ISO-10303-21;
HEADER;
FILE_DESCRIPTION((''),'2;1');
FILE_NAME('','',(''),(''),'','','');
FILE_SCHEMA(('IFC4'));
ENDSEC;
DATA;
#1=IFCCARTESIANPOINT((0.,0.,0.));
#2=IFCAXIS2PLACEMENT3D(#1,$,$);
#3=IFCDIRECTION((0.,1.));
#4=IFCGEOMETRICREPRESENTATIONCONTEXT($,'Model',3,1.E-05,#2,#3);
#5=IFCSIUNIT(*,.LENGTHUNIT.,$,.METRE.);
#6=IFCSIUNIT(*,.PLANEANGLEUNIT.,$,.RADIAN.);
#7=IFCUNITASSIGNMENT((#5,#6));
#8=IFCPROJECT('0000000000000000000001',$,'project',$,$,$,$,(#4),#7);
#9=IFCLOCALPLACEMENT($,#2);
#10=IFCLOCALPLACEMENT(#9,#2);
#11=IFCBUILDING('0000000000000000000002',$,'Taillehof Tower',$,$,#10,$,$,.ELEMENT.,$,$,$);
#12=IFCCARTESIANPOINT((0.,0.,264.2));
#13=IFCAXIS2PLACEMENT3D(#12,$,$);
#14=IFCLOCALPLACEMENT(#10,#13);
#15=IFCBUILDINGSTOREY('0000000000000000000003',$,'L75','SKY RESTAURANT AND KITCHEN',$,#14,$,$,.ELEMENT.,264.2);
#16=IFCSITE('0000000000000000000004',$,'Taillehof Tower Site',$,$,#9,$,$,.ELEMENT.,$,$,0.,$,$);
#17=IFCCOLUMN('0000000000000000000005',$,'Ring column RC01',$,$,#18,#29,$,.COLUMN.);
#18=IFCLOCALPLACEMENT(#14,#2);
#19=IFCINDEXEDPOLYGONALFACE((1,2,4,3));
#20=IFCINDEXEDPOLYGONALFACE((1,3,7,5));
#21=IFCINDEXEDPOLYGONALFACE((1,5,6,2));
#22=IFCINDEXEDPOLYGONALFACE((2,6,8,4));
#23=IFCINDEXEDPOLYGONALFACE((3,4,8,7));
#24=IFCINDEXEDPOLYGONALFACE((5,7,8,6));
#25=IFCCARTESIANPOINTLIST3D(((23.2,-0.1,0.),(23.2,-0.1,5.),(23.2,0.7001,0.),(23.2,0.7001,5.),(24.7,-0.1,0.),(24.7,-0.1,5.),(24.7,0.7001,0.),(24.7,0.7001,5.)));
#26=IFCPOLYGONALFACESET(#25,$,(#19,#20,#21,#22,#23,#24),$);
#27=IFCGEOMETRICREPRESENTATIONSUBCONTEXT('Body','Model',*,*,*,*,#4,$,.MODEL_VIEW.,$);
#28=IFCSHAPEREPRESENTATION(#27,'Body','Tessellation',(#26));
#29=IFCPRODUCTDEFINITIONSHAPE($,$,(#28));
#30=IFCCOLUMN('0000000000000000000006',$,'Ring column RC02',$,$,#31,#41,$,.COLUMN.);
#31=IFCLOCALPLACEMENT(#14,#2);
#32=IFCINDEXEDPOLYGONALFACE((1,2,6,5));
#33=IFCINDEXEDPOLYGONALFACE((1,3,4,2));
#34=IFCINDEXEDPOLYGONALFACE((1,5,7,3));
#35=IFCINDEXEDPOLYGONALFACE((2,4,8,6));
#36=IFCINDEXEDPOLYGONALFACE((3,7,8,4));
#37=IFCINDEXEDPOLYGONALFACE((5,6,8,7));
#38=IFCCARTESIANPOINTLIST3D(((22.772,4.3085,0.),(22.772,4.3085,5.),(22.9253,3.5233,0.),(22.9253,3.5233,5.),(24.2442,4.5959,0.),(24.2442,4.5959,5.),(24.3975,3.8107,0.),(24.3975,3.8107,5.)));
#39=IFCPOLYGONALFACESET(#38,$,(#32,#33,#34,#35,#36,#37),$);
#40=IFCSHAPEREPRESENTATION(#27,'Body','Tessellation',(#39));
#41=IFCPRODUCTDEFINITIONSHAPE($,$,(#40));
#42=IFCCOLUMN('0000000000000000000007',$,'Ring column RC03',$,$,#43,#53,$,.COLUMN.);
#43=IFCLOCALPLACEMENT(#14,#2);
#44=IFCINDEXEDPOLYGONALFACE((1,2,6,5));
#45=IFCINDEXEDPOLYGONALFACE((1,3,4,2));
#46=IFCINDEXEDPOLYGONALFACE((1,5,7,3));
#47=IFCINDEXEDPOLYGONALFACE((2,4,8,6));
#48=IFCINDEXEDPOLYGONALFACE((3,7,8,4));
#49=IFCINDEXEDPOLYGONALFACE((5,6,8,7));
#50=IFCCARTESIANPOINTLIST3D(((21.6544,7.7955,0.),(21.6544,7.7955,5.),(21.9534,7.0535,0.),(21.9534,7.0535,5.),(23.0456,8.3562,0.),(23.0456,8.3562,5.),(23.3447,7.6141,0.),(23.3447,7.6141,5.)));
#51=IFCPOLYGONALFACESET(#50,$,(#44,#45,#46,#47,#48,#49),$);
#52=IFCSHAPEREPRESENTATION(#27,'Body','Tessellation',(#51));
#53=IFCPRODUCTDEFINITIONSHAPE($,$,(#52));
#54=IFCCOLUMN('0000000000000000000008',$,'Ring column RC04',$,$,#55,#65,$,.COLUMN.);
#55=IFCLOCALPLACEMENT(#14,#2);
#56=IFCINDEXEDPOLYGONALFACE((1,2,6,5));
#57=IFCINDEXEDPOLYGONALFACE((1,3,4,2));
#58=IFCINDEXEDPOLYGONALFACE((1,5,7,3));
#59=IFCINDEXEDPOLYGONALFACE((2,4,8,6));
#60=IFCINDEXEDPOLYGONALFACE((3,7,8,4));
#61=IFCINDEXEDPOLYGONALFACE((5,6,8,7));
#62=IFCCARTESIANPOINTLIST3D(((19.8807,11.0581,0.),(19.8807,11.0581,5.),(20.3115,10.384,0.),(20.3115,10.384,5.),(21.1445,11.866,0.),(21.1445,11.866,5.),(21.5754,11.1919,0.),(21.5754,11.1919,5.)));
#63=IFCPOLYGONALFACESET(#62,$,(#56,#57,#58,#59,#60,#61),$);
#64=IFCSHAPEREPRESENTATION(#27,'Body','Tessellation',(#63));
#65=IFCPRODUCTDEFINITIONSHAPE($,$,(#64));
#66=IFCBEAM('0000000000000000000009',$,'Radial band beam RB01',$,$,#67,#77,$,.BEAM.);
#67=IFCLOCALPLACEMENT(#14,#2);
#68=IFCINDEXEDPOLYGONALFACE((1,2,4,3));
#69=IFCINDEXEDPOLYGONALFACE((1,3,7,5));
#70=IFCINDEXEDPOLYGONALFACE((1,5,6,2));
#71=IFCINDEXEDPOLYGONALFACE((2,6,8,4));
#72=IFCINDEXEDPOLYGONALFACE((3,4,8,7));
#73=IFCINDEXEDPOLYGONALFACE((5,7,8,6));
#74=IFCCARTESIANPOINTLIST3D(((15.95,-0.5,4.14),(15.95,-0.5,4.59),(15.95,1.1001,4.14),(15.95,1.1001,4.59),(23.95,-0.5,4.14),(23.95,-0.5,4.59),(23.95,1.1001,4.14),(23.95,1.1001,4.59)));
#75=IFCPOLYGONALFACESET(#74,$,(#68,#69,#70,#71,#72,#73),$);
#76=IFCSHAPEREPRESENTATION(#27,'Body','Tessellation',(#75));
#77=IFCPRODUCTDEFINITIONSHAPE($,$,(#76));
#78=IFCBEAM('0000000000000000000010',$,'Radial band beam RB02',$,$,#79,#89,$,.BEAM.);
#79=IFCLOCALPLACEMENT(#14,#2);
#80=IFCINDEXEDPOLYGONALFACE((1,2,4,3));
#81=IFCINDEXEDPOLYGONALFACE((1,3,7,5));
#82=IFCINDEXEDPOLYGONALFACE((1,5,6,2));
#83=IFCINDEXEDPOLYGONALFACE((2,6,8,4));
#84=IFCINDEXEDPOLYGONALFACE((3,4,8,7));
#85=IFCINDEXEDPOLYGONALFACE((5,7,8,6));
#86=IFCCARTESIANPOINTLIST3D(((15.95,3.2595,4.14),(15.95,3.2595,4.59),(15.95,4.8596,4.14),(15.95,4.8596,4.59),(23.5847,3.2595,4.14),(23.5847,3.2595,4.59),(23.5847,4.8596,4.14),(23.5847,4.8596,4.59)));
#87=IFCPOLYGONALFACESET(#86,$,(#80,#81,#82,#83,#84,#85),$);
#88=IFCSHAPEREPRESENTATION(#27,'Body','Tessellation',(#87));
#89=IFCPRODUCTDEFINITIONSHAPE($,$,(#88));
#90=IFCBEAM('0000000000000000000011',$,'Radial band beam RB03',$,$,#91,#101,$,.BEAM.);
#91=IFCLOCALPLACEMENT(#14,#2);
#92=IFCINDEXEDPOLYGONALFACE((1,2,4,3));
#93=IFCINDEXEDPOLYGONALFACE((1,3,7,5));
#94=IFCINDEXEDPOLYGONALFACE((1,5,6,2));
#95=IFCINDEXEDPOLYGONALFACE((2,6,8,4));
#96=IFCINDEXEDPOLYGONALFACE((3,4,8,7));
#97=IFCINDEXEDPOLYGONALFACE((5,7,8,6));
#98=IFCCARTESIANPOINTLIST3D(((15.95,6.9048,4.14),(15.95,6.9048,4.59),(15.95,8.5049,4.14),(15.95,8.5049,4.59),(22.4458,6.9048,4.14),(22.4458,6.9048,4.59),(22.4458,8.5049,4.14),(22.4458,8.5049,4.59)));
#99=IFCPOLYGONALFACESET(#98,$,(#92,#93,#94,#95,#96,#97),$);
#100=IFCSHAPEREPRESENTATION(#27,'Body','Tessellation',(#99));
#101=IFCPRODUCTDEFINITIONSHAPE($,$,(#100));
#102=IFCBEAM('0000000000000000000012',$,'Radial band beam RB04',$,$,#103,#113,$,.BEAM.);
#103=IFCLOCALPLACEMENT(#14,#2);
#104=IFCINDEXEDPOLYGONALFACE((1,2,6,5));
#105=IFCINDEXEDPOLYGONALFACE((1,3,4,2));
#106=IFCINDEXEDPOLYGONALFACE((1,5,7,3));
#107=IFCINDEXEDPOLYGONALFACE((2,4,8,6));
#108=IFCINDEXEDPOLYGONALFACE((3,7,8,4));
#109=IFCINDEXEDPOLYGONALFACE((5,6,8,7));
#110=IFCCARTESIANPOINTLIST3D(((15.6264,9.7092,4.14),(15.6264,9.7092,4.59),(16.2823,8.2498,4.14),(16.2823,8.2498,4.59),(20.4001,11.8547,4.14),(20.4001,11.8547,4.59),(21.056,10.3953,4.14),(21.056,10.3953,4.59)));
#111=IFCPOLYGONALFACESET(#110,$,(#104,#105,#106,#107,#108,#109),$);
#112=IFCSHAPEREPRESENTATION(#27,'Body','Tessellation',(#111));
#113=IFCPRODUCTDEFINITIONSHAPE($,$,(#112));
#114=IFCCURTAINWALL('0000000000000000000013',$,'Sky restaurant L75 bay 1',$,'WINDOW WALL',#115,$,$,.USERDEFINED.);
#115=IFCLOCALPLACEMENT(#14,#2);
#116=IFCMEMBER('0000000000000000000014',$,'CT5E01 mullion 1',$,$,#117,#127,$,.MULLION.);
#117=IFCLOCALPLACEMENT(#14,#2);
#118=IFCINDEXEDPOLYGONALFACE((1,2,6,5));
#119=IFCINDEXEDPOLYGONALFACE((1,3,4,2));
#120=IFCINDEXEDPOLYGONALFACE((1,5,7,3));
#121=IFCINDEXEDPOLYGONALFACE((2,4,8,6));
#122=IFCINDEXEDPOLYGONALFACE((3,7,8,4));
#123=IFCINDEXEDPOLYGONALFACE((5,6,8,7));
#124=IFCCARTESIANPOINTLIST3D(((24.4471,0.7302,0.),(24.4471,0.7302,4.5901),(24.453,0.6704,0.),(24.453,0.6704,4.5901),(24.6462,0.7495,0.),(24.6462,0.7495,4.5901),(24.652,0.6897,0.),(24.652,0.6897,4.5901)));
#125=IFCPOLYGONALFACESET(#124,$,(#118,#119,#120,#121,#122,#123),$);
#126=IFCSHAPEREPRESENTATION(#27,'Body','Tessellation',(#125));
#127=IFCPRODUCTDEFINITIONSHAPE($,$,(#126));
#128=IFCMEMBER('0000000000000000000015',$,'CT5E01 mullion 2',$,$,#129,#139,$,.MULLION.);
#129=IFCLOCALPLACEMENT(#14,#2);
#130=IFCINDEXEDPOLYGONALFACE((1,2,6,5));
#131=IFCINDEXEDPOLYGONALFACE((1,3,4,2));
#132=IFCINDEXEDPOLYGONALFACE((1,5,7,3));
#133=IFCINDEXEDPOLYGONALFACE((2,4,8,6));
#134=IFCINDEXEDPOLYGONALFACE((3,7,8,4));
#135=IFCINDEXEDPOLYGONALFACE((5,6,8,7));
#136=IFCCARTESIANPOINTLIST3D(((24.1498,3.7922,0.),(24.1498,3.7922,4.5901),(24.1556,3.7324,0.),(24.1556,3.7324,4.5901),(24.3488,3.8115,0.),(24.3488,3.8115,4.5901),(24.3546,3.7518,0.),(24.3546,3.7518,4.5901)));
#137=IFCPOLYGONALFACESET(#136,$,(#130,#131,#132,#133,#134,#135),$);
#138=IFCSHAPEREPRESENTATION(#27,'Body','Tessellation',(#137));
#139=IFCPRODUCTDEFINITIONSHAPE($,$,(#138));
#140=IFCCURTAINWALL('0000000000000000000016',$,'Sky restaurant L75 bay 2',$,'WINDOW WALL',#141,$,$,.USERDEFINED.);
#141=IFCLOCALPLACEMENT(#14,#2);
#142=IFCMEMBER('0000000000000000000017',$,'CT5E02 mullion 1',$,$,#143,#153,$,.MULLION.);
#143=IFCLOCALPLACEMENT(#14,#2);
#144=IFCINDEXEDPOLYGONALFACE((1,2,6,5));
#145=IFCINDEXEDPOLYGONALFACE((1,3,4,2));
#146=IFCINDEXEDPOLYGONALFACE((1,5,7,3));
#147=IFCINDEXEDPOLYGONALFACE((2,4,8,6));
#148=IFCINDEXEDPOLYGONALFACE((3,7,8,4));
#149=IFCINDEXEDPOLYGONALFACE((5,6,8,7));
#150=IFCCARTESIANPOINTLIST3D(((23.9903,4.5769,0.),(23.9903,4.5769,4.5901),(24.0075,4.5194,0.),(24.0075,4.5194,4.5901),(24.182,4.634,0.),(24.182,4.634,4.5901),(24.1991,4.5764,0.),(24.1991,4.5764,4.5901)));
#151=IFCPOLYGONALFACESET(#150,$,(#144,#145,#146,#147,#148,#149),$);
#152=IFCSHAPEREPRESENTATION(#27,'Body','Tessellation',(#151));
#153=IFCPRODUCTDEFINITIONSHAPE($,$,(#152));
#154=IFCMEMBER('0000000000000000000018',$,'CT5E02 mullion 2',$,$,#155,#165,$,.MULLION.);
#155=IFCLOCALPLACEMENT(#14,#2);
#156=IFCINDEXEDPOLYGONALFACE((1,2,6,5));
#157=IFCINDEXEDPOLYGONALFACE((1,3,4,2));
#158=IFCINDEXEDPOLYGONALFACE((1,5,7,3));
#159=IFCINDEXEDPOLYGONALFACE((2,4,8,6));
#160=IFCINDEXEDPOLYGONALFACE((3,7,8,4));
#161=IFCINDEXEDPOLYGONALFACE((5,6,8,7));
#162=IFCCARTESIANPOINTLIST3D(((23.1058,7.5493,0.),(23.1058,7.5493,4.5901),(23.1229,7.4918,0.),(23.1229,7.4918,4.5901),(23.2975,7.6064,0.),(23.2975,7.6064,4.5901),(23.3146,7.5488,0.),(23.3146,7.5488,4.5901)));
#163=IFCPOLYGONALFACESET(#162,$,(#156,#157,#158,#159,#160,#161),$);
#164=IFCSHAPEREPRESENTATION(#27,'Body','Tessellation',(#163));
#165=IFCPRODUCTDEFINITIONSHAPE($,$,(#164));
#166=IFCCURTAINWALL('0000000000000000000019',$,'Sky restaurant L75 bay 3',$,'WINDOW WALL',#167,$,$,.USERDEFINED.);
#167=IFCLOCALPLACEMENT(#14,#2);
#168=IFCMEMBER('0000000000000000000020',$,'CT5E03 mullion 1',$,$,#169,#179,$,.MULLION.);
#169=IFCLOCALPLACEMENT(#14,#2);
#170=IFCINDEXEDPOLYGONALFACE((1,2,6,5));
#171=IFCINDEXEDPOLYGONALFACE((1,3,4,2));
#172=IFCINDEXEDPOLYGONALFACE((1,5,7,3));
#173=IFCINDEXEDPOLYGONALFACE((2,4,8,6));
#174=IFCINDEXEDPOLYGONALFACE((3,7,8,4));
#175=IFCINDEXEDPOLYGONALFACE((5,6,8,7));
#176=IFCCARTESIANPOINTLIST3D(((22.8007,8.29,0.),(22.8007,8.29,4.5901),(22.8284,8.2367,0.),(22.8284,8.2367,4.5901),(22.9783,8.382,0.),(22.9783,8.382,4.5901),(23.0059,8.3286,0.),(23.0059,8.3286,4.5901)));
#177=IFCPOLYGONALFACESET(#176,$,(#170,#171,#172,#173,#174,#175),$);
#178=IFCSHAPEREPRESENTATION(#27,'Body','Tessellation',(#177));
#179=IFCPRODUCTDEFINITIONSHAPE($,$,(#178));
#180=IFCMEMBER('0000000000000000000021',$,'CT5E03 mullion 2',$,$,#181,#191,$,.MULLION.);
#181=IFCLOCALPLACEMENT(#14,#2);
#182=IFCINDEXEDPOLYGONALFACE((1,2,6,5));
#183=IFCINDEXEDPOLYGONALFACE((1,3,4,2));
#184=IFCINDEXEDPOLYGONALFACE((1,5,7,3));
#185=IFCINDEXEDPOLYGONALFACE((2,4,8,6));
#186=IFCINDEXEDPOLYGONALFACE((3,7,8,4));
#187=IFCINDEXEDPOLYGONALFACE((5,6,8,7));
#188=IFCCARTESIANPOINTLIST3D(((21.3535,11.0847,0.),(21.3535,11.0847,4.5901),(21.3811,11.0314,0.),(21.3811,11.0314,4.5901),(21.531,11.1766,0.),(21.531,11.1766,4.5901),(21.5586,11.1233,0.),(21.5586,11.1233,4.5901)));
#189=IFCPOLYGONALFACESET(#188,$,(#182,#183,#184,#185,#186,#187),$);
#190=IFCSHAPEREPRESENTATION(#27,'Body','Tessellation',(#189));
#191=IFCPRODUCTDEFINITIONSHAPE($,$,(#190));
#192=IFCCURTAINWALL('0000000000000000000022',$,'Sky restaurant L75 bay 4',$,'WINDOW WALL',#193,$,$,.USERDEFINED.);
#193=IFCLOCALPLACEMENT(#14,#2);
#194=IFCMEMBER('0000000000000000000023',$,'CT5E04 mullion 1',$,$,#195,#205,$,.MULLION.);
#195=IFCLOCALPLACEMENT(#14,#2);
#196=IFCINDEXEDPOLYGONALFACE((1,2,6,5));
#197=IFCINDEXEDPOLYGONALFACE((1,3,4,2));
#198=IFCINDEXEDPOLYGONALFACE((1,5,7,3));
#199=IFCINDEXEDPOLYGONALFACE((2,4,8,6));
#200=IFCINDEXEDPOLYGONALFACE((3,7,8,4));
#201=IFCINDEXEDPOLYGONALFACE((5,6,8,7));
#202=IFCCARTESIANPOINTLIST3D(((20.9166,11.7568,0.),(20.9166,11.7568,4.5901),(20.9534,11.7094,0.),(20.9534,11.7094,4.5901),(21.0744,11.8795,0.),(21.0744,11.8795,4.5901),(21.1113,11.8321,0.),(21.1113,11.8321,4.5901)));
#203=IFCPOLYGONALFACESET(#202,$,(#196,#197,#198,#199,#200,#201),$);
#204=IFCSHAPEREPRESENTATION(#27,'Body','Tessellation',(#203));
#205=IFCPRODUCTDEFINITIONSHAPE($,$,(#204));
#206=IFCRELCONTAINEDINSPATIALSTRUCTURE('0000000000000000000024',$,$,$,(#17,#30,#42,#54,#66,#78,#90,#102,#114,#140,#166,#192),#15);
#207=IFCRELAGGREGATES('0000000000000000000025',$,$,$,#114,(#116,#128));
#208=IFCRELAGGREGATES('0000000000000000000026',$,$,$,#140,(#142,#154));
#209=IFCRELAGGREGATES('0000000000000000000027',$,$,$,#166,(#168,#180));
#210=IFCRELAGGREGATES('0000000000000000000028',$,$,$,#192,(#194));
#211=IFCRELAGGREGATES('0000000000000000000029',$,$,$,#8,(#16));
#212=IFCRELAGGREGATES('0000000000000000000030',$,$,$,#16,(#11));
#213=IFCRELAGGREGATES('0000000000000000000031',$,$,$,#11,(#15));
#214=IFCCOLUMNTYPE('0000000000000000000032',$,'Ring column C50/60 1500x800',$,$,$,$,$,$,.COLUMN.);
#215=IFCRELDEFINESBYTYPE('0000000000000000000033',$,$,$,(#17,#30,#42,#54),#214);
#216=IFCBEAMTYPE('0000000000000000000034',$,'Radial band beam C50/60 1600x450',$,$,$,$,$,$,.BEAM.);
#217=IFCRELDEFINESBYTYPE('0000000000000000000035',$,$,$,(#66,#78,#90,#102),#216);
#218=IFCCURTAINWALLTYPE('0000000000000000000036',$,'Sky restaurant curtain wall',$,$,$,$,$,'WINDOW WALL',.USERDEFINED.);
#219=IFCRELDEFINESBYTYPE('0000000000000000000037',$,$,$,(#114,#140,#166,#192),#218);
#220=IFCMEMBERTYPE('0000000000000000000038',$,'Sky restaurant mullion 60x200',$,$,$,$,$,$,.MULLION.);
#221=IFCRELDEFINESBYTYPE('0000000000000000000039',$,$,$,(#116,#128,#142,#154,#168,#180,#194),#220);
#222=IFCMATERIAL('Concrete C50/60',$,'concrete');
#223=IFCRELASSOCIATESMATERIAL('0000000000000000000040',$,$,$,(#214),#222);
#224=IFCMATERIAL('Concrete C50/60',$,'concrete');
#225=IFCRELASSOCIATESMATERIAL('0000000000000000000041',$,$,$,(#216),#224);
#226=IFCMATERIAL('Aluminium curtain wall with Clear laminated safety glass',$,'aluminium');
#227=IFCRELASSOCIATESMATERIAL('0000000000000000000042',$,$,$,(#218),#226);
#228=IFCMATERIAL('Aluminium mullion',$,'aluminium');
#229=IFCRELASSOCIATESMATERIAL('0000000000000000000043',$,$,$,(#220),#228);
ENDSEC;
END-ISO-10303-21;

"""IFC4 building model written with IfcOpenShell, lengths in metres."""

from ifc_helpers import new_model, si_unit, direction, frame, origin, origin_2d, place, context, subcontext, project, spatial, rectangle, extrude, material, material_profile, profile_set, type_object, element, aggregate, save


model = new_model("IFC4")

# Units and contexts
model_context = context("Model", 3, precision=1e-05, world=origin(), true_north=direction((0.0, 1.0)))
body_context = subcontext(model_context, "Body", "Model", "MODEL_VIEW")
ifc_project = project(units=[si_unit("LENGTHUNIT", "METRE"), si_unit("PLANEANGLEUNIT", "RADIAN")], contexts=[model_context])

# Site, building, storey
site_placement = place(None, origin())
site = spatial("IfcSite", under=ifc_project, at=site_placement, Name="Taillehof Tower Site", CompositionType="ELEMENT", RefElevation=0.0)
building_placement = place(site_placement, origin())
building = spatial("IfcBuilding", under=site, at=building_placement, Name="Taillehof Tower", CompositionType="ELEMENT")
storey_placement = place(building_placement, frame((0.0, 0.0, 264.2)))
storey = spatial("IfcBuildingStorey", under=building, at=storey_placement, Name="L75", Description="SKY RESTAURANT AND KITCHEN", CompositionType="ELEMENT", Elevation=264.2)

# Columns
ifc_material_1 = material(Name="Concrete C50/60", Category="concrete")
ifc_material_profile_1 = material_profile(ifc_material_1, rectangle(XDim=1.5, YDim=0.8, at=origin_2d()), Name="RC 1500x800")
ifc_profile_set_1 = profile_set([ifc_material_profile_1], Name="Concrete C50/60")
column_type = type_object("IfcColumnType", Name="Ring column C50/60 1500x800", PredefinedType="COLUMN", material=ifc_profile_set_1)
for number, where, z_axis, x_axis, name in (
    (1, (23.95, 0.3, 0.0), (0.0, 0.0, 1.0), (1.0, 0.0, 0.0), "Ring column RC01"),
    (2, (23.5847, 4.0596, 0.0), (0.0, 0.0, 1.0), (0.981473, 0.191602, 0.0), "Ring column RC02"),
    (3, (22.4995, 7.7048, 0.0), (0.0, 0.0, 1.0), (0.927525, 0.373762, 0.0), "Ring column RC03"),
    (4, (20.728, 11.125, 0.0), (0.0, 0.0, 1.0), (0.842574, 0.538581, 0.0), "Ring column RC04"),
):
    element("IfcColumn", number, at=place(storey_placement, frame(where, z_axis=z_axis, x_axis=x_axis)), inside=storey, type_object=column_type, Name=name, PredefinedType="COLUMN", context=body_context, shape_type="SweptSolid", body=[
        extrude(rectangle(XDim=1.5, YDim=0.8, at=origin_2d()), origin(), (0.0, 0.0, 1.0), 5.0),
    ])

# Beams
ifc_material_2 = material(Name="Concrete C50/60", Category="concrete")
ifc_material_profile_2 = material_profile(ifc_material_2, rectangle(XDim=1.6001, YDim=0.45, at=origin_2d()), Name="RC 1600x450")
ifc_profile_set_2 = profile_set([ifc_material_profile_2], Name="Concrete C50/60")
beam_type_1 = type_object("IfcBeamType", Name="Radial band beam C50/60 1600x450", PredefinedType="BEAM", material=ifc_profile_set_2)
beam_1_placement = place(storey_placement, frame((23.95, 0.3, 4.365), z_axis=(-1.0, 0.0, 0.0), x_axis=(0.0, -1.0, 0.0)))
element("IfcBeam", 5, at=beam_1_placement, inside=storey, type_object=beam_type_1, Name="Radial band beam RB01", PredefinedType="BEAM", context=body_context, shape_type="SweptSolid", body=[
    extrude(rectangle(XDim=1.6001, YDim=0.45, at=origin_2d()), origin(), (0.0, 0.0, 1.0), 8.0),
])
beam_2_placement = place(storey_placement, frame((23.5847, 4.0596, 4.365), z_axis=(-1.0, 0.0, 0.0), x_axis=(0.0, -1.0, 0.0)))
element("IfcBeam", 6, at=beam_2_placement, inside=storey, type_object=beam_type_1, Name="Radial band beam RB02", PredefinedType="BEAM", context=body_context, shape_type="SweptSolid", body=[
    extrude(rectangle(XDim=1.6001, YDim=0.45, at=origin_2d()), origin(), (0.0, 0.0, 1.0), 7.6348),
])
beam_3_placement = place(storey_placement, frame((22.4458, 7.7048, 4.365), z_axis=(-1.0, 0.0, 0.0), x_axis=(0.0, -1.0, 0.0)))
element("IfcBeam", 7, at=beam_3_placement, inside=storey, type_object=beam_type_1, Name="Radial band beam RB03", PredefinedType="BEAM", context=body_context, shape_type="SweptSolid", body=[
    extrude(rectangle(XDim=1.6001, YDim=0.45, at=origin_2d()), origin(), (0.0, 0.0, 1.0), 6.4958),
])
beam_4_placement = place(storey_placement, frame((20.728, 11.125, 4.365), z_axis=(-0.912111, -0.409944, 0.0), x_axis=(0.409944, -0.912111, 0.0)))
element("IfcBeam", 8, at=beam_4_placement, inside=storey, type_object=beam_type_1, Name="Radial band beam RB04", PredefinedType="BEAM", context=body_context, shape_type="SweptSolid", body=[
    extrude(rectangle(XDim=1.6001, YDim=0.45, at=origin_2d()), origin(), (0.0, 0.0, 1.0), 5.2336),
])

# Curtain walls, members
ifc_material_3 = material(Name="Aluminium curtain wall with Clear laminated safety glass", Category="aluminium")
curtain_wall_type = type_object("IfcCurtainWallType", Name="Sky restaurant curtain wall", ElementType="WINDOW WALL", PredefinedType="USERDEFINED", material=ifc_material_3)
curtain_wall_1_placement = place(storey_placement, origin())
curtain_wall_1 = element("IfcCurtainWall", 9, at=curtain_wall_1_placement, inside=storey, type_object=curtain_wall_type, Name="Sky restaurant L75 bay 1", ObjectType="WINDOW WALL", PredefinedType="USERDEFINED")
ifc_material_4 = material(Name="Aluminium mullion", Category="aluminium")
ifc_material_profile_3 = material_profile(ifc_material_4, rectangle(XDim=0.2, YDim=0.0601, at=origin_2d()), Name="AL 60x200")
ifc_profile_set_3 = profile_set([ifc_material_profile_3], Name="Aluminium mullion")
member_type_1 = type_object("IfcMemberType", Name="Sky restaurant mullion 60x200", PredefinedType="MULLION", material=ifc_profile_set_3)
member_1_placement = place(storey_placement, frame((24.5496, 0.71, 0.0), z_axis=(0.0, 0.0, 1.0), x_axis=(-0.995312, -0.096714, 0.0)))
member_1 = element("IfcMember", 10, at=member_1_placement, type_object=member_type_1, Name="CT5E01 mullion 1", PredefinedType="MULLION", context=body_context, shape_type="SweptSolid", body=[
    extrude(rectangle(XDim=0.2, YDim=0.0601, at=origin_2d()), origin(), (0.0, 0.0, 1.0), 4.5901),
])
member_2_placement = place(storey_placement, frame((24.2522, 3.772, 0.0), z_axis=(0.0, 0.0, 1.0), x_axis=(-0.995312, -0.096714, 0.0)))
member_2 = element("IfcMember", 11, at=member_2_placement, type_object=member_type_1, Name="CT5E01 mullion 2", PredefinedType="MULLION", context=body_context, shape_type="SweptSolid", body=[
    extrude(rectangle(XDim=0.2, YDim=0.0601, at=origin_2d()), origin(), (0.0, 0.0, 1.0), 4.5901),
])
curtain_wall_2_placement = place(storey_placement, origin())
curtain_wall_2 = element("IfcCurtainWall", 12, at=curtain_wall_2_placement, inside=storey, type_object=curtain_wall_type, Name="Sky restaurant L75 bay 2", ObjectType="WINDOW WALL", PredefinedType="USERDEFINED")
member_3_placement = place(storey_placement, frame((24.0947, 4.5767, 0.0), z_axis=(0.0, 0.0, 1.0), x_axis=(-0.958457, -0.285236, 0.0)))
member_3 = element("IfcMember", 13, at=member_3_placement, type_object=member_type_1, Name="CT5E02 mullion 1", PredefinedType="MULLION", context=body_context, shape_type="SweptSolid", body=[
    extrude(rectangle(XDim=0.2, YDim=0.0601, at=origin_2d()), origin(), (0.0, 0.0, 1.0), 4.5901),
])
member_4_placement = place(storey_placement, frame((23.2102, 7.5491, 0.0), z_axis=(0.0, 0.0, 1.0), x_axis=(-0.958457, -0.285236, 0.0)))
member_4 = element("IfcMember", 14, at=member_4_placement, type_object=member_type_1, Name="CT5E02 mullion 2", PredefinedType="MULLION", context=body_context, shape_type="SweptSolid", body=[
    extrude(rectangle(XDim=0.2, YDim=0.0601, at=origin_2d()), origin(), (0.0, 0.0, 1.0), 4.5901),
])
curtain_wall_3_placement = place(storey_placement, origin())
curtain_wall_3 = element("IfcCurtainWall", 15, at=curtain_wall_3_placement, inside=storey, type_object=curtain_wall_type, Name="Sky restaurant L75 bay 3", ObjectType="WINDOW WALL", PredefinedType="USERDEFINED")
member_5_placement = place(storey_placement, frame((22.9033, 8.3093, 0.0), z_axis=(0.0, 0.0, 1.0), x_axis=(-0.887975, -0.459891, 0.0)))
member_5 = element("IfcMember", 16, at=member_5_placement, type_object=member_type_1, Name="CT5E03 mullion 1", PredefinedType="MULLION", context=body_context, shape_type="SweptSolid", body=[
    extrude(rectangle(XDim=0.2, YDim=0.0601, at=origin_2d()), origin(), (0.0, 0.0, 1.0), 4.5901),
])
member_6_placement = place(storey_placement, frame((21.4561, 11.104, 0.0), z_axis=(0.0, 0.0, 1.0), x_axis=(-0.887975, -0.459891, 0.0)))
member_6 = element("IfcMember", 17, at=member_6_placement, type_object=member_type_1, Name="CT5E03 mullion 2", PredefinedType="MULLION", context=body_context, shape_type="SweptSolid", body=[
    extrude(rectangle(XDim=0.2, YDim=0.0601, at=origin_2d()), origin(), (0.0, 0.0, 1.0), 4.5901),
])

# Curtain wall, member
curtain_wall_4_placement = place(storey_placement, origin())
curtain_wall_4 = element("IfcCurtainWall", 18, at=curtain_wall_4_placement, inside=storey, type_object=curtain_wall_type, Name="Sky restaurant L75 bay 4", ObjectType="WINDOW WALL", PredefinedType="USERDEFINED")
member_7_placement = place(storey_placement, frame((21.0139, 11.7944, 0.0), z_axis=(0.0, 0.0, 1.0), x_axis=(-0.789382, -0.613903, 0.0)))
member_7 = element("IfcMember", 19, at=member_7_placement, type_object=member_type_1, Name="CT5E04 mullion 1", PredefinedType="MULLION", context=body_context, shape_type="SweptSolid", body=[
    extrude(rectangle(XDim=0.2, YDim=0.0601, at=origin_2d()), origin(), (0.0, 0.0, 1.0), 4.5901),
])

aggregate(curtain_wall_1, [member_1, member_2])
aggregate(curtain_wall_2, [member_3, member_4])
aggregate(curtain_wall_3, [member_5, member_6])
aggregate(curtain_wall_4, [member_7])

save(model, "model.ifc")
